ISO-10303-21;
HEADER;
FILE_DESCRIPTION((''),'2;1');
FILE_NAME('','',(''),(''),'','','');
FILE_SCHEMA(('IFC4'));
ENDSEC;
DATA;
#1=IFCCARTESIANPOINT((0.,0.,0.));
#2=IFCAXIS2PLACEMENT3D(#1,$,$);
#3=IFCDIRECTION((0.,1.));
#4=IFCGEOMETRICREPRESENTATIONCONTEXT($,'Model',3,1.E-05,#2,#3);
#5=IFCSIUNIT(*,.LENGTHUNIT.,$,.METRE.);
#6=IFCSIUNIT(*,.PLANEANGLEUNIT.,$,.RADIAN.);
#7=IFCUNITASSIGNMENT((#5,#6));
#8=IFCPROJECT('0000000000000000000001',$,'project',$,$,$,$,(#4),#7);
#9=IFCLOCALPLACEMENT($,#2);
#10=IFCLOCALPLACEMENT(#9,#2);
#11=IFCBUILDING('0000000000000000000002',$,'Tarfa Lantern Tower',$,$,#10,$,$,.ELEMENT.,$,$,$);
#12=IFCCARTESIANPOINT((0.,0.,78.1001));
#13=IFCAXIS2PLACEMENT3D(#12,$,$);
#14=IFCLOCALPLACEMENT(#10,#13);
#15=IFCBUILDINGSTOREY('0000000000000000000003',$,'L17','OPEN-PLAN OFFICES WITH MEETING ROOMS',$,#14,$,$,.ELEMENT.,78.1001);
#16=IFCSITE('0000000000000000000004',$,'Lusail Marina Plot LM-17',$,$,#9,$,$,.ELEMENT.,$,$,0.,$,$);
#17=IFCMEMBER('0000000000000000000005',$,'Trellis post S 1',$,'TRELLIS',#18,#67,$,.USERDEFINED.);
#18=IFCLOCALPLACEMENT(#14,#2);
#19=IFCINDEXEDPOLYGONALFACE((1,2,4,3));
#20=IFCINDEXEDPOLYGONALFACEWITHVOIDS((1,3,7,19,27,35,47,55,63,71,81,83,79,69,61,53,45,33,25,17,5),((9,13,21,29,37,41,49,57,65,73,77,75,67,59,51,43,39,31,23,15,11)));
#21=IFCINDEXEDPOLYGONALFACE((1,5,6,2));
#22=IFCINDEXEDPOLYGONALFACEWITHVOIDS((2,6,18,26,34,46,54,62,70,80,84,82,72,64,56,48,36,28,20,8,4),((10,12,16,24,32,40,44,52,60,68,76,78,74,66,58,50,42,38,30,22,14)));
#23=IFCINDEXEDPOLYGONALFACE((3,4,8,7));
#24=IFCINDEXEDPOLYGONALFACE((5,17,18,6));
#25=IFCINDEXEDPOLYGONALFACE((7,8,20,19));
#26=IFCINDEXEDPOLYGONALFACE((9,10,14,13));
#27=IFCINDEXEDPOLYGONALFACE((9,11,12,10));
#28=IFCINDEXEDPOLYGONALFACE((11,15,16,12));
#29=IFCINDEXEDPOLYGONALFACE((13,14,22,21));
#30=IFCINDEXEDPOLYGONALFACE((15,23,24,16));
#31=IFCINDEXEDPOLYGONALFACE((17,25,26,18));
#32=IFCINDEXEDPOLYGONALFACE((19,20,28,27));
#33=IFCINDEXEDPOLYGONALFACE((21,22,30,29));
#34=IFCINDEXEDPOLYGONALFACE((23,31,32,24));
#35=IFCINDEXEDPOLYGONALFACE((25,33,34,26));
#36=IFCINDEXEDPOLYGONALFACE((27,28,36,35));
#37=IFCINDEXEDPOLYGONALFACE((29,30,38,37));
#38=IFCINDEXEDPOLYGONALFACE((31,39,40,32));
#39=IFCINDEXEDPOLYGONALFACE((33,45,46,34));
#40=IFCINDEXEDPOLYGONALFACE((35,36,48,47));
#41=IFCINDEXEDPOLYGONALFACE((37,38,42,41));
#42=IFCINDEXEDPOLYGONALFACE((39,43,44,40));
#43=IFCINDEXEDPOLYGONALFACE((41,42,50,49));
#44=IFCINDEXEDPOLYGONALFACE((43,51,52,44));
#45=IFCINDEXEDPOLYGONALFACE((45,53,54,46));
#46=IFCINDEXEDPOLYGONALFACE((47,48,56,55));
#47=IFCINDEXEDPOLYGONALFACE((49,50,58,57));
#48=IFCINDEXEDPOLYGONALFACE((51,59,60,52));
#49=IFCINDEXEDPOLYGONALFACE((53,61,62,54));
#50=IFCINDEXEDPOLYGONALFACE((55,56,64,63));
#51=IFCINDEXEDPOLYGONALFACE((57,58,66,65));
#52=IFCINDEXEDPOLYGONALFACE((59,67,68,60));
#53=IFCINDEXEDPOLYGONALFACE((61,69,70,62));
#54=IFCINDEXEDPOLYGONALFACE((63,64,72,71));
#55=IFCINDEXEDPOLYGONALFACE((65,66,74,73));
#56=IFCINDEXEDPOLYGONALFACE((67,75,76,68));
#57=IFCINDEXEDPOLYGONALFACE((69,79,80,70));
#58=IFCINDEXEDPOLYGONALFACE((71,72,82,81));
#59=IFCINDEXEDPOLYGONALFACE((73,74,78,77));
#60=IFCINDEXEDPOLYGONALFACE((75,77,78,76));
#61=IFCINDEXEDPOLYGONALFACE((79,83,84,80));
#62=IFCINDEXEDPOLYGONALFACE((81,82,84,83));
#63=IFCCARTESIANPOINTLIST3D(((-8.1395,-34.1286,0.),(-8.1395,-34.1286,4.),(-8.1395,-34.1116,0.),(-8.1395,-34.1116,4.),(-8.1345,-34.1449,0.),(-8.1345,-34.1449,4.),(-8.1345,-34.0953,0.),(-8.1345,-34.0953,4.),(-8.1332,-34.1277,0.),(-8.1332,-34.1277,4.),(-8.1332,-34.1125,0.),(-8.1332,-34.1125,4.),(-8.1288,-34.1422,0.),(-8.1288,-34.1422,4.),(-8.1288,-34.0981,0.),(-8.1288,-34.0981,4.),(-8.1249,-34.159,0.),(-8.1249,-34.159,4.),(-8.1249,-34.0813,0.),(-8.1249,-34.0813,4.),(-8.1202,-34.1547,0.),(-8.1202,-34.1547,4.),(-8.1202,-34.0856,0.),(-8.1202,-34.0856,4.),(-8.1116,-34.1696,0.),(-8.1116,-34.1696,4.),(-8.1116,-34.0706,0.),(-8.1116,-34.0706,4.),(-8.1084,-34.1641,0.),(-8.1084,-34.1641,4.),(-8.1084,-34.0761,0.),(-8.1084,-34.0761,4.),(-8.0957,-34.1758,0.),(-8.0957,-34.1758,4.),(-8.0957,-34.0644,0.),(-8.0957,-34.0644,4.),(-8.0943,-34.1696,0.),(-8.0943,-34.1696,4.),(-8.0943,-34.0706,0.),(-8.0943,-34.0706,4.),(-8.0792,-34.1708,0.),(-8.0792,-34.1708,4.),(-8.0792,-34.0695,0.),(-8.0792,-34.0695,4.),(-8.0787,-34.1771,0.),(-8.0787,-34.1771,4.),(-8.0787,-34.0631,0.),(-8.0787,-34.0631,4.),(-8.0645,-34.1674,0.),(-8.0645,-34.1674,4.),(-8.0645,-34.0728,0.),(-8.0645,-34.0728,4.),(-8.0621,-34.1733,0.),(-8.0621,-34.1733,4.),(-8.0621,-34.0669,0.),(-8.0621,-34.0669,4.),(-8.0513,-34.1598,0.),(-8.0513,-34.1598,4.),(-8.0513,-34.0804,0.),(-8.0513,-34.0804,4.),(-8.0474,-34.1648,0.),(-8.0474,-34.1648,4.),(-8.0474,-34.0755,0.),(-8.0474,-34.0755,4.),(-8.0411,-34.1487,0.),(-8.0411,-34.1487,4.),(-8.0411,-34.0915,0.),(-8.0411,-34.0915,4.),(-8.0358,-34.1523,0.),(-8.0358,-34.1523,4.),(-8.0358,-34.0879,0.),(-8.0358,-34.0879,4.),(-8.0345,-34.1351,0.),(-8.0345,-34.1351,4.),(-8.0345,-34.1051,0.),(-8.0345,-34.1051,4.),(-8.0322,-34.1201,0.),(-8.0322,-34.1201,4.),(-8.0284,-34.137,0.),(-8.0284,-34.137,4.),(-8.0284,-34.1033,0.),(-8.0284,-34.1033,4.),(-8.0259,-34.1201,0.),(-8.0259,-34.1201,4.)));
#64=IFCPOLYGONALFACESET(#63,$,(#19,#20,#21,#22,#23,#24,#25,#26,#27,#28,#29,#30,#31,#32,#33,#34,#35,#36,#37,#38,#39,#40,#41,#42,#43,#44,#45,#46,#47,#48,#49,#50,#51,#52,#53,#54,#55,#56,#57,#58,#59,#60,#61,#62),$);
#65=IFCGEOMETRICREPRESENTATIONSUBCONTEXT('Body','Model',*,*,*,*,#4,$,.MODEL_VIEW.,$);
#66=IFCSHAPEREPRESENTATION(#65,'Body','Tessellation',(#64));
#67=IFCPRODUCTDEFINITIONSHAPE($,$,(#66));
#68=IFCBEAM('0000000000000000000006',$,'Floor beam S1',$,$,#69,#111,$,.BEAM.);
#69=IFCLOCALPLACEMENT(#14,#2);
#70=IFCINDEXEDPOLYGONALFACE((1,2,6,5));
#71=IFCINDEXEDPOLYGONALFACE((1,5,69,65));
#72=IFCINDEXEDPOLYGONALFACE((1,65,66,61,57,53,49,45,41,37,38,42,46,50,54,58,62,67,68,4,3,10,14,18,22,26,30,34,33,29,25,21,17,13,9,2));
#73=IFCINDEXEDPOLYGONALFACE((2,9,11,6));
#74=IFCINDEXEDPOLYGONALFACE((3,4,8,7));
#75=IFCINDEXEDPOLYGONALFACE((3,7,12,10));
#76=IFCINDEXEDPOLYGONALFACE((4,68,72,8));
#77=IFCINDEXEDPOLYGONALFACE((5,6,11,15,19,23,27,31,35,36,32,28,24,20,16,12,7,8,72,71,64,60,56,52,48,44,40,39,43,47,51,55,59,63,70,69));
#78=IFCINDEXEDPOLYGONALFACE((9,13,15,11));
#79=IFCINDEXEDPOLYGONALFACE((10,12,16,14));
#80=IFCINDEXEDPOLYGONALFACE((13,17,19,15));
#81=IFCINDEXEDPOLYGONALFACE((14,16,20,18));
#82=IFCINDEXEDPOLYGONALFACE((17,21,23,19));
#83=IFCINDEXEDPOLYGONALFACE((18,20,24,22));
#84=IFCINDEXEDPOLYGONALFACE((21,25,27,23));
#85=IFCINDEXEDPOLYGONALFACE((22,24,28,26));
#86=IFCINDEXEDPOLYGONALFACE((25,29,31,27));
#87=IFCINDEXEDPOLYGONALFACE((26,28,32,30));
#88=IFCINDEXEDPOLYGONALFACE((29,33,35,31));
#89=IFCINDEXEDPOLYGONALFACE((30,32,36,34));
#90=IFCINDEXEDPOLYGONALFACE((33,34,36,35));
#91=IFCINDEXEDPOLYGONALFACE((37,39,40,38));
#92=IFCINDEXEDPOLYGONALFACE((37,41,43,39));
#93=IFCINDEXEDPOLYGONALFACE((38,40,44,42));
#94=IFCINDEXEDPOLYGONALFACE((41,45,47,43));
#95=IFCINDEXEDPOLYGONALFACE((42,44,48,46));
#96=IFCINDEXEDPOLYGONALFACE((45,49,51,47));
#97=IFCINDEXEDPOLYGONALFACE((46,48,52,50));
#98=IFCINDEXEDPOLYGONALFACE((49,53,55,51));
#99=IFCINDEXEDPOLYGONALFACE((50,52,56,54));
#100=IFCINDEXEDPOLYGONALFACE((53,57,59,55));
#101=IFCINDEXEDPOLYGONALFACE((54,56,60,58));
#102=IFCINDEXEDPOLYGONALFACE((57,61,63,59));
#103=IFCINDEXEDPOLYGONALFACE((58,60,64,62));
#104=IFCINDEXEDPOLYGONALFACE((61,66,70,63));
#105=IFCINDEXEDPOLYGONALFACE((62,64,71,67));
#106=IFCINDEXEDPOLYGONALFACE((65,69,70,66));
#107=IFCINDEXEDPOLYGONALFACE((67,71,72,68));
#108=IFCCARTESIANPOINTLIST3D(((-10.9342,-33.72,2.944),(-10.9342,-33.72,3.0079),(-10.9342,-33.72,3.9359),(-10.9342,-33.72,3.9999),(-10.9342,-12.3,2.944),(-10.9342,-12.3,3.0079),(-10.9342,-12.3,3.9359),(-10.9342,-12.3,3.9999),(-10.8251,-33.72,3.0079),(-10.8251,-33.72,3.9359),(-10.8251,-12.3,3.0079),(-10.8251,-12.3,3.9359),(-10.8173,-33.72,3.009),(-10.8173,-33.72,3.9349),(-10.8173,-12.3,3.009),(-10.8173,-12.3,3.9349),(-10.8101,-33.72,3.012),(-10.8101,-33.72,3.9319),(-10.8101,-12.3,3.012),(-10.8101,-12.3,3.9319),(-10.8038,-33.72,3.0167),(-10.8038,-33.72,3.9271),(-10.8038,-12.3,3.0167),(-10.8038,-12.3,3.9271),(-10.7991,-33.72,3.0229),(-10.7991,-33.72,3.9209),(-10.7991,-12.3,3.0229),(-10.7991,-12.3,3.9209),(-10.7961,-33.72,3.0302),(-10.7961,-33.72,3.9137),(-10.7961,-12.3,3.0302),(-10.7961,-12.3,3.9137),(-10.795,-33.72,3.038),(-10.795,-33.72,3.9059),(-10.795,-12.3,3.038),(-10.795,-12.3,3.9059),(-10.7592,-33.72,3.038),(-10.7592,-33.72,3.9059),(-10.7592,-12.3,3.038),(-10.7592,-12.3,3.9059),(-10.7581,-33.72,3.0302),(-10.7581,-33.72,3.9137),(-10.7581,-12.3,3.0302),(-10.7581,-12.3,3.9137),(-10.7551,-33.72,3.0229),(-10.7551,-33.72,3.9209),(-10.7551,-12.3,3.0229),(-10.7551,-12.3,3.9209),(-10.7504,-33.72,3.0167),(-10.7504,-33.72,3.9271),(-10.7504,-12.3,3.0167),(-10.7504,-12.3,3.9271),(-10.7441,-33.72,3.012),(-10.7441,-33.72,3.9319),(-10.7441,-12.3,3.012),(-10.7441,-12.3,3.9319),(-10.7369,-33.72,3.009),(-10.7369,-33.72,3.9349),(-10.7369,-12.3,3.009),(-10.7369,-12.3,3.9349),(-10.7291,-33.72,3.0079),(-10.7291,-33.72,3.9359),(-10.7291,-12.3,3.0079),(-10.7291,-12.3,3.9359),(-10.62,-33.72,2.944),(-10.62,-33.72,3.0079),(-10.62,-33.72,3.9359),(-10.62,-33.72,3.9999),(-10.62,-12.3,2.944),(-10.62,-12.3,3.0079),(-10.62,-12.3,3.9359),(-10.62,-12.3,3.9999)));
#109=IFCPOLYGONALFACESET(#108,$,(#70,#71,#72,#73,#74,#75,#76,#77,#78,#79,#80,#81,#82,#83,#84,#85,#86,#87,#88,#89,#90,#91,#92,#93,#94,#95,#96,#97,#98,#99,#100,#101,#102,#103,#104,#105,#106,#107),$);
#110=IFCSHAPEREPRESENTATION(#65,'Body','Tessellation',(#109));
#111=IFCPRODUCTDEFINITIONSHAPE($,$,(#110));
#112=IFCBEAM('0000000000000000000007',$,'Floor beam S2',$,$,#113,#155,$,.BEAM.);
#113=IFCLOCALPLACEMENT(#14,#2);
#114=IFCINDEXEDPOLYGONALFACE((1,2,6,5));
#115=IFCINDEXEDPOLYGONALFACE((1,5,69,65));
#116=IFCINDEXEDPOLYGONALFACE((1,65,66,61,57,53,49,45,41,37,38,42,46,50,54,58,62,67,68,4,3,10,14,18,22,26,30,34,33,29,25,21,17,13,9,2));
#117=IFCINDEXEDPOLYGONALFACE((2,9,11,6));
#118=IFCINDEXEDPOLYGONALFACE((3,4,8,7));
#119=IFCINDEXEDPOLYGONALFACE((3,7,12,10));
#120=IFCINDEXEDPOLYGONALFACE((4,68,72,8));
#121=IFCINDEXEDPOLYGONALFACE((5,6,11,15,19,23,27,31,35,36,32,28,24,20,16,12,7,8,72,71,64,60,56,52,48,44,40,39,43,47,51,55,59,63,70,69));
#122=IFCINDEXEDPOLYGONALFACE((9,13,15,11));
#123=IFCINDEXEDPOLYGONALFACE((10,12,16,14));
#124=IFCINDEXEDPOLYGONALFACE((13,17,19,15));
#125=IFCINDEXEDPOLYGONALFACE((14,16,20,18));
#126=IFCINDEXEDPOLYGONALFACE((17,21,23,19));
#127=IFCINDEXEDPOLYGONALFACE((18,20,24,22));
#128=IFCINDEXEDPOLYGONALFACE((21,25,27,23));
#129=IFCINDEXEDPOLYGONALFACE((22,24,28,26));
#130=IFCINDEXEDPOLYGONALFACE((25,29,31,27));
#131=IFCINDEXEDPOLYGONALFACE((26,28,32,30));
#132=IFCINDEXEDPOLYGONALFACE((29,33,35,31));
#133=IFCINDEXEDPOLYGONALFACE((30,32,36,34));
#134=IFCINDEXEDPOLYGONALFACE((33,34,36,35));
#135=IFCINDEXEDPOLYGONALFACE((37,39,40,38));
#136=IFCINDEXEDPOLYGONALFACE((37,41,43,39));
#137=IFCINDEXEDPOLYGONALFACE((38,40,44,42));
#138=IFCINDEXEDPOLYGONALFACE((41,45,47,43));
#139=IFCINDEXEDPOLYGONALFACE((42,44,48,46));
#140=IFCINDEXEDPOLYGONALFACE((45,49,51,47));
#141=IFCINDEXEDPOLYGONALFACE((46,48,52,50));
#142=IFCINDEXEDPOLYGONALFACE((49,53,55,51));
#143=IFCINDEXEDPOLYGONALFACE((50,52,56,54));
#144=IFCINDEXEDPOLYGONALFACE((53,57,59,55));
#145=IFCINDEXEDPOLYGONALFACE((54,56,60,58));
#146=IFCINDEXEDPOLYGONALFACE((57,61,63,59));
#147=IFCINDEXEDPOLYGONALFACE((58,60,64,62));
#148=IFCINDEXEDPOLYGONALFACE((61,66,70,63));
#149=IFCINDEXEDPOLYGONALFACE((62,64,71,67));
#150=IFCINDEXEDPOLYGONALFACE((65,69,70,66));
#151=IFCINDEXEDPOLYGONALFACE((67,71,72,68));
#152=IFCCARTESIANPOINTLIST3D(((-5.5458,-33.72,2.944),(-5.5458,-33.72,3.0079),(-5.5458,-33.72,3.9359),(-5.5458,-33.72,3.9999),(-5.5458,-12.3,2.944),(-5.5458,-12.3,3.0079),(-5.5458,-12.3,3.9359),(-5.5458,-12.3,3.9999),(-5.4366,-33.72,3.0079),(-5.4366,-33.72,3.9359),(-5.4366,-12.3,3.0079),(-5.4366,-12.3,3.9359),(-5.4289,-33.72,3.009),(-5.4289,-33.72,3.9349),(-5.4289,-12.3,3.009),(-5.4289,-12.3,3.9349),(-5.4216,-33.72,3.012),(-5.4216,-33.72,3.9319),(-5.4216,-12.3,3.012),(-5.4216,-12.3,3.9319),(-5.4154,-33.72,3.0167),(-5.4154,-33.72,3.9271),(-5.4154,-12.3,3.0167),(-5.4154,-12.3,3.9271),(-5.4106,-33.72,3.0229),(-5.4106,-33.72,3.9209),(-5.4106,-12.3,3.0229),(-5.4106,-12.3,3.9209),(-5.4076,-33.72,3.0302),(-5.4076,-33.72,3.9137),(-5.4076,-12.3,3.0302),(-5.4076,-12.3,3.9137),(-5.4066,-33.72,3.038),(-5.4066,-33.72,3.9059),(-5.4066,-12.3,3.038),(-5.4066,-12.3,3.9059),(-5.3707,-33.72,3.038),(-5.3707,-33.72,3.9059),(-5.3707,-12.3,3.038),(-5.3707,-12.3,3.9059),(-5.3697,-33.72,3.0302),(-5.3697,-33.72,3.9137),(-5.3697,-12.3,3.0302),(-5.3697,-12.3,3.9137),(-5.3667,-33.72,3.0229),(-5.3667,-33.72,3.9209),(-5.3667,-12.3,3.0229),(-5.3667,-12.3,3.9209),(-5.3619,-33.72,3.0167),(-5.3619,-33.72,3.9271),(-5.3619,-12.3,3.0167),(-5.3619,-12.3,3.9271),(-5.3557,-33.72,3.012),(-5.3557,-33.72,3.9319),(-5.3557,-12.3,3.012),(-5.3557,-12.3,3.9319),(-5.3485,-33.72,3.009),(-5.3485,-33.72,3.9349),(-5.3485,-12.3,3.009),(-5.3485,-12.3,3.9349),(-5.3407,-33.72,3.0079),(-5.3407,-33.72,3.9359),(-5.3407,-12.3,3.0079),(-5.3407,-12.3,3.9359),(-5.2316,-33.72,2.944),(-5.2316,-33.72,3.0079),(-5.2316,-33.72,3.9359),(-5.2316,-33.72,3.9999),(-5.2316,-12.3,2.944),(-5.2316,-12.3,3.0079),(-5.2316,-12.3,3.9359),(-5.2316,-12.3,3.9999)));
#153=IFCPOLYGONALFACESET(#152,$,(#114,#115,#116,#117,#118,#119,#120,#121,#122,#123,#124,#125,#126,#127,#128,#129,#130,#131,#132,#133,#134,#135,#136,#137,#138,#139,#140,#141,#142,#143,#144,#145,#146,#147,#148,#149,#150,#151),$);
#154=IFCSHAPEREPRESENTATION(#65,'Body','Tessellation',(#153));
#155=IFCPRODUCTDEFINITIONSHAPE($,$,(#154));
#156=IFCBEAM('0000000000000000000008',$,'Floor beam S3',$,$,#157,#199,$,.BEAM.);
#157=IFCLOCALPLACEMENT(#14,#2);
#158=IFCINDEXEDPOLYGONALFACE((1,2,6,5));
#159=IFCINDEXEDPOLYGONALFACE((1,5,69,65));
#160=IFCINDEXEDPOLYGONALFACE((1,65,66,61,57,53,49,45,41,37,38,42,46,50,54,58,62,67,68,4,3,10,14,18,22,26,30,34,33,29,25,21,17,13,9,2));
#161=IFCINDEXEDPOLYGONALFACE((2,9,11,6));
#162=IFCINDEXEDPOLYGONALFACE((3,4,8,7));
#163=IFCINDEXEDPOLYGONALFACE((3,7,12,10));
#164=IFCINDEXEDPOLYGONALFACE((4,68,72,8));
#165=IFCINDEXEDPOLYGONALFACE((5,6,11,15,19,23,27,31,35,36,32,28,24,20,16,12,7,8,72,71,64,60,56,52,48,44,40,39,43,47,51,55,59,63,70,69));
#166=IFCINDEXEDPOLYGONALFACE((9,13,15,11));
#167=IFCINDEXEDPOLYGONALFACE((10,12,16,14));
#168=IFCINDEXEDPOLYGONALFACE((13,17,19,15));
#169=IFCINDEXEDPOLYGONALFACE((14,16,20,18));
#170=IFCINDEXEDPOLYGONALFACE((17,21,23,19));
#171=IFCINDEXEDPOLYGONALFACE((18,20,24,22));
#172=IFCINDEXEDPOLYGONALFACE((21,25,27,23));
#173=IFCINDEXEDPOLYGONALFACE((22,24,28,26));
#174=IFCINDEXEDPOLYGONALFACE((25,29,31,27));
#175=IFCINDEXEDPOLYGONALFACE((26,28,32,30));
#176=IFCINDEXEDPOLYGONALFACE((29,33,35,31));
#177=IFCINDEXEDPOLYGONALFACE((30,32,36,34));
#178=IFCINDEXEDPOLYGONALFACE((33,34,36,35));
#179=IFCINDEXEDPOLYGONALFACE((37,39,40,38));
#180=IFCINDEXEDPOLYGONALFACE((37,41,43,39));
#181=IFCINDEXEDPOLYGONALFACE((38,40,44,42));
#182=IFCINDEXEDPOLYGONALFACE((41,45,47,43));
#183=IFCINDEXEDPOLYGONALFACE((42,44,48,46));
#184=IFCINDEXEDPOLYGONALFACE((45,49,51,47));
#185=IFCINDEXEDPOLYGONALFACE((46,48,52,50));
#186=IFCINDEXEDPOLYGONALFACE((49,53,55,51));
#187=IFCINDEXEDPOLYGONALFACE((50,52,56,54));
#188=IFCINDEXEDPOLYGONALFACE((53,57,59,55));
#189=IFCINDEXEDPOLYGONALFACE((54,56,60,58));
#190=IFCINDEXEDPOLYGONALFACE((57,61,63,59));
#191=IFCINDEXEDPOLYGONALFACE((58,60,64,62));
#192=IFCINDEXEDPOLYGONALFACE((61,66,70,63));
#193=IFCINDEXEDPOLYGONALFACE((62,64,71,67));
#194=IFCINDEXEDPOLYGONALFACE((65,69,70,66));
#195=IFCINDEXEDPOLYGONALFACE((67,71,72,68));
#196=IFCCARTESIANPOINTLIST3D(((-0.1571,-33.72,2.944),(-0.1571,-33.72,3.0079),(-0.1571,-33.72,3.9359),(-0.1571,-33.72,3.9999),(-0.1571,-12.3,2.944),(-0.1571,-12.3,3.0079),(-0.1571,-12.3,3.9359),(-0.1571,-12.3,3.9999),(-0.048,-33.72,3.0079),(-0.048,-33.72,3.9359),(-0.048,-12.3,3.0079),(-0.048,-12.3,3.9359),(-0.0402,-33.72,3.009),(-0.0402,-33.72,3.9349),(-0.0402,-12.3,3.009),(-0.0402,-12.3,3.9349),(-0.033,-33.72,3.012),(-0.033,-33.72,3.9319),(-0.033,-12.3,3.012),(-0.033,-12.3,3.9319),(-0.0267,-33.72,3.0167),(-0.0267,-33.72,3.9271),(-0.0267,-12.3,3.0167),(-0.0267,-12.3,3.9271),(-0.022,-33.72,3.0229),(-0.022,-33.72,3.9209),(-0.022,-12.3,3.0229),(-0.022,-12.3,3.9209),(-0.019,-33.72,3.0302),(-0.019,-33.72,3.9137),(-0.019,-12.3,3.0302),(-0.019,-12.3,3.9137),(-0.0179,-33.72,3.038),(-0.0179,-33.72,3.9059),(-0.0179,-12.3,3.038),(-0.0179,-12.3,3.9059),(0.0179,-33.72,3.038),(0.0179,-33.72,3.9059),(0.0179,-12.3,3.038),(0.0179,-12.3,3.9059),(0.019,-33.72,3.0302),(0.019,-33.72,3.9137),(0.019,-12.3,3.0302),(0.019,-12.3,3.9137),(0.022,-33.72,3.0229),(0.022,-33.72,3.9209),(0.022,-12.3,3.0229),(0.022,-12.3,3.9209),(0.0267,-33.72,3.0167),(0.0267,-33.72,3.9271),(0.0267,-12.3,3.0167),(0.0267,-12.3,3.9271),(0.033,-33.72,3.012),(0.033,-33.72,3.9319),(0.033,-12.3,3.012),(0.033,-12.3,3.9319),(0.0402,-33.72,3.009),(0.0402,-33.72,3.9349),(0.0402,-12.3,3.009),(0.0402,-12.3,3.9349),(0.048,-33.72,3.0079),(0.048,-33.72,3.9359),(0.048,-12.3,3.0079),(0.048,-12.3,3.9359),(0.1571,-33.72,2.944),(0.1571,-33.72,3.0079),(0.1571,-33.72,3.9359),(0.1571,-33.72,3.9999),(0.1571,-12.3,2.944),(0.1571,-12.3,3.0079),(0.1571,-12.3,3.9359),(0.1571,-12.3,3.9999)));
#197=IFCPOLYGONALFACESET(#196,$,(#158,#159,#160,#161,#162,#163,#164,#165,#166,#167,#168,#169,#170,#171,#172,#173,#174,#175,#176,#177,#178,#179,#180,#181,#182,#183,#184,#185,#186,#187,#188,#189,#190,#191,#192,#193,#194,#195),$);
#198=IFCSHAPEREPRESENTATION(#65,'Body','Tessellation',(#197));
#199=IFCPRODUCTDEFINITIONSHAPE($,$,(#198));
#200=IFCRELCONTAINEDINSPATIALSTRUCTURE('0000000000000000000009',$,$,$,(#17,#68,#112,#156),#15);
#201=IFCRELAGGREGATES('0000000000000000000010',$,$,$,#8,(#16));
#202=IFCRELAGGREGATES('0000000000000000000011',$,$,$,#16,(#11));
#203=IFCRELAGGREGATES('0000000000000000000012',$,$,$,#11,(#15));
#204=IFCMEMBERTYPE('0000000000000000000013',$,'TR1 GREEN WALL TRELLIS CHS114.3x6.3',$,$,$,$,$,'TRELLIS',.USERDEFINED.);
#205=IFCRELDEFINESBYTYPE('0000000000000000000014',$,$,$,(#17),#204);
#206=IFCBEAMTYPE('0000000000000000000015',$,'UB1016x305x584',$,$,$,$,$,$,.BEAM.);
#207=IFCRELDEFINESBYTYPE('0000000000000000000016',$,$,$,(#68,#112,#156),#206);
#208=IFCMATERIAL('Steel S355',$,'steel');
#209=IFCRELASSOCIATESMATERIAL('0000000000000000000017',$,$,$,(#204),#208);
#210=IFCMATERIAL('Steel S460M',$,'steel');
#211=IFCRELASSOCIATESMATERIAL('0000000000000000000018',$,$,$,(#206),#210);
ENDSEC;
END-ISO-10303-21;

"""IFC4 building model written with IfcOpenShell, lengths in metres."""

from ifc_helpers import new_model, si_unit, direction, frame, origin, origin_2d, place, context, subcontext, project, spatial, hollow_circle, i_section, extrude, material, material_profile, profile_set, type_object, element, save


model = new_model("IFC4")

# Units and contexts
model_context = context("Model", 3, precision=1e-05, world=origin(), true_north=direction((0.0, 1.0)))
body_context = subcontext(model_context, "Body", "Model", "MODEL_VIEW")
ifc_project = project(units=[si_unit("LENGTHUNIT", "METRE"), si_unit("PLANEANGLEUNIT", "RADIAN")], contexts=[model_context])

# Site, building, storey
site_placement = place(None, origin())
site = spatial("IfcSite", under=ifc_project, at=site_placement, Name="Lusail Marina Plot LM-17", CompositionType="ELEMENT", RefElevation=0.0)
building_placement = place(site_placement, origin())
building = spatial("IfcBuilding", under=site, at=building_placement, Name="Tarfa Lantern Tower", CompositionType="ELEMENT")
storey_placement = place(building_placement, frame((0.0, 0.0, 78.1001)))
storey = spatial("IfcBuildingStorey", under=building, at=storey_placement, Name="L17", Description="OPEN-PLAN OFFICES WITH MEETING ROOMS", CompositionType="ELEMENT", Elevation=78.1001)

# Member
ifc_material_1 = material(Name="Steel S355", Category="steel")
ifc_material_profile_1 = material_profile(ifc_material_1, hollow_circle(Radius=0.0571, WallThickness=0.0063, at=origin_2d()), Name="CHS114.3x6.3")
ifc_profile_set_1 = profile_set([ifc_material_profile_1], Name="Steel S355")
member_type_1 = type_object("IfcMemberType", Name="TR1 GREEN WALL TRELLIS CHS114.3x6.3", ElementType="TRELLIS", PredefinedType="USERDEFINED", material=ifc_profile_set_1)
member_1_placement = place(storey_placement, frame((-8.083, -34.1201, 0.0), z_axis=(0.0, 0.0, 1.0), x_axis=(1.0, 0.0, 0.0)))
element("IfcMember", 1, at=member_1_placement, inside=storey, type_object=member_type_1, Name="Trellis post S 1", ObjectType="TRELLIS", PredefinedType="USERDEFINED", context=body_context, shape_type="SweptSolid", body=[
    extrude(hollow_circle(Radius=0.0571, WallThickness=0.0063, at=origin_2d()), origin(), (0.0, 0.0, 1.0), 4.0),
])

# Beams
ifc_material_2 = material(Name="Steel S460M", Category="steel")
ifc_material_profile_2 = material_profile(ifc_material_2, i_section(OverallWidth=0.3142, OverallDepth=1.0559, WebThickness=0.0359, FlangeThickness=0.064, FilletRadius=0.03, at=origin_2d()), Name="UB1016x305x584")
ifc_profile_set_2 = profile_set([ifc_material_profile_2], Name="Steel S460M")
beam_type_1 = type_object("IfcBeamType", Name="UB1016x305x584", PredefinedType="BEAM", material=ifc_profile_set_2)
for number, where, z_axis, x_axis, name in (
    (2, (-10.7771, -33.72, 3.4719), (0.0, 1.0, 0.0), (-1.0, 0.0, 0.0), "Floor beam S1"),
    (3, (-5.3887, -33.72, 3.4719), (0.0, 1.0, 0.0), (-1.0, 0.0, 0.0), "Floor beam S2"),
    (4, (0.0, -33.72, 3.4719), (0.0, 1.0, 0.0), (-1.0, 0.0, 0.0), "Floor beam S3"),
):
    element("IfcBeam", number, at=place(storey_placement, frame(where, z_axis=z_axis, x_axis=x_axis)), inside=storey, type_object=beam_type_1, Name=name, PredefinedType="BEAM", context=body_context, shape_type="SweptSolid", body=[
        extrude(i_section(OverallWidth=0.3142, OverallDepth=1.0559, WebThickness=0.0359, FlangeThickness=0.064, FilletRadius=0.03, at=origin_2d()), origin(), (0.0, 0.0, 1.0), 21.4199),
    ])

save(model, "model.ifc")
